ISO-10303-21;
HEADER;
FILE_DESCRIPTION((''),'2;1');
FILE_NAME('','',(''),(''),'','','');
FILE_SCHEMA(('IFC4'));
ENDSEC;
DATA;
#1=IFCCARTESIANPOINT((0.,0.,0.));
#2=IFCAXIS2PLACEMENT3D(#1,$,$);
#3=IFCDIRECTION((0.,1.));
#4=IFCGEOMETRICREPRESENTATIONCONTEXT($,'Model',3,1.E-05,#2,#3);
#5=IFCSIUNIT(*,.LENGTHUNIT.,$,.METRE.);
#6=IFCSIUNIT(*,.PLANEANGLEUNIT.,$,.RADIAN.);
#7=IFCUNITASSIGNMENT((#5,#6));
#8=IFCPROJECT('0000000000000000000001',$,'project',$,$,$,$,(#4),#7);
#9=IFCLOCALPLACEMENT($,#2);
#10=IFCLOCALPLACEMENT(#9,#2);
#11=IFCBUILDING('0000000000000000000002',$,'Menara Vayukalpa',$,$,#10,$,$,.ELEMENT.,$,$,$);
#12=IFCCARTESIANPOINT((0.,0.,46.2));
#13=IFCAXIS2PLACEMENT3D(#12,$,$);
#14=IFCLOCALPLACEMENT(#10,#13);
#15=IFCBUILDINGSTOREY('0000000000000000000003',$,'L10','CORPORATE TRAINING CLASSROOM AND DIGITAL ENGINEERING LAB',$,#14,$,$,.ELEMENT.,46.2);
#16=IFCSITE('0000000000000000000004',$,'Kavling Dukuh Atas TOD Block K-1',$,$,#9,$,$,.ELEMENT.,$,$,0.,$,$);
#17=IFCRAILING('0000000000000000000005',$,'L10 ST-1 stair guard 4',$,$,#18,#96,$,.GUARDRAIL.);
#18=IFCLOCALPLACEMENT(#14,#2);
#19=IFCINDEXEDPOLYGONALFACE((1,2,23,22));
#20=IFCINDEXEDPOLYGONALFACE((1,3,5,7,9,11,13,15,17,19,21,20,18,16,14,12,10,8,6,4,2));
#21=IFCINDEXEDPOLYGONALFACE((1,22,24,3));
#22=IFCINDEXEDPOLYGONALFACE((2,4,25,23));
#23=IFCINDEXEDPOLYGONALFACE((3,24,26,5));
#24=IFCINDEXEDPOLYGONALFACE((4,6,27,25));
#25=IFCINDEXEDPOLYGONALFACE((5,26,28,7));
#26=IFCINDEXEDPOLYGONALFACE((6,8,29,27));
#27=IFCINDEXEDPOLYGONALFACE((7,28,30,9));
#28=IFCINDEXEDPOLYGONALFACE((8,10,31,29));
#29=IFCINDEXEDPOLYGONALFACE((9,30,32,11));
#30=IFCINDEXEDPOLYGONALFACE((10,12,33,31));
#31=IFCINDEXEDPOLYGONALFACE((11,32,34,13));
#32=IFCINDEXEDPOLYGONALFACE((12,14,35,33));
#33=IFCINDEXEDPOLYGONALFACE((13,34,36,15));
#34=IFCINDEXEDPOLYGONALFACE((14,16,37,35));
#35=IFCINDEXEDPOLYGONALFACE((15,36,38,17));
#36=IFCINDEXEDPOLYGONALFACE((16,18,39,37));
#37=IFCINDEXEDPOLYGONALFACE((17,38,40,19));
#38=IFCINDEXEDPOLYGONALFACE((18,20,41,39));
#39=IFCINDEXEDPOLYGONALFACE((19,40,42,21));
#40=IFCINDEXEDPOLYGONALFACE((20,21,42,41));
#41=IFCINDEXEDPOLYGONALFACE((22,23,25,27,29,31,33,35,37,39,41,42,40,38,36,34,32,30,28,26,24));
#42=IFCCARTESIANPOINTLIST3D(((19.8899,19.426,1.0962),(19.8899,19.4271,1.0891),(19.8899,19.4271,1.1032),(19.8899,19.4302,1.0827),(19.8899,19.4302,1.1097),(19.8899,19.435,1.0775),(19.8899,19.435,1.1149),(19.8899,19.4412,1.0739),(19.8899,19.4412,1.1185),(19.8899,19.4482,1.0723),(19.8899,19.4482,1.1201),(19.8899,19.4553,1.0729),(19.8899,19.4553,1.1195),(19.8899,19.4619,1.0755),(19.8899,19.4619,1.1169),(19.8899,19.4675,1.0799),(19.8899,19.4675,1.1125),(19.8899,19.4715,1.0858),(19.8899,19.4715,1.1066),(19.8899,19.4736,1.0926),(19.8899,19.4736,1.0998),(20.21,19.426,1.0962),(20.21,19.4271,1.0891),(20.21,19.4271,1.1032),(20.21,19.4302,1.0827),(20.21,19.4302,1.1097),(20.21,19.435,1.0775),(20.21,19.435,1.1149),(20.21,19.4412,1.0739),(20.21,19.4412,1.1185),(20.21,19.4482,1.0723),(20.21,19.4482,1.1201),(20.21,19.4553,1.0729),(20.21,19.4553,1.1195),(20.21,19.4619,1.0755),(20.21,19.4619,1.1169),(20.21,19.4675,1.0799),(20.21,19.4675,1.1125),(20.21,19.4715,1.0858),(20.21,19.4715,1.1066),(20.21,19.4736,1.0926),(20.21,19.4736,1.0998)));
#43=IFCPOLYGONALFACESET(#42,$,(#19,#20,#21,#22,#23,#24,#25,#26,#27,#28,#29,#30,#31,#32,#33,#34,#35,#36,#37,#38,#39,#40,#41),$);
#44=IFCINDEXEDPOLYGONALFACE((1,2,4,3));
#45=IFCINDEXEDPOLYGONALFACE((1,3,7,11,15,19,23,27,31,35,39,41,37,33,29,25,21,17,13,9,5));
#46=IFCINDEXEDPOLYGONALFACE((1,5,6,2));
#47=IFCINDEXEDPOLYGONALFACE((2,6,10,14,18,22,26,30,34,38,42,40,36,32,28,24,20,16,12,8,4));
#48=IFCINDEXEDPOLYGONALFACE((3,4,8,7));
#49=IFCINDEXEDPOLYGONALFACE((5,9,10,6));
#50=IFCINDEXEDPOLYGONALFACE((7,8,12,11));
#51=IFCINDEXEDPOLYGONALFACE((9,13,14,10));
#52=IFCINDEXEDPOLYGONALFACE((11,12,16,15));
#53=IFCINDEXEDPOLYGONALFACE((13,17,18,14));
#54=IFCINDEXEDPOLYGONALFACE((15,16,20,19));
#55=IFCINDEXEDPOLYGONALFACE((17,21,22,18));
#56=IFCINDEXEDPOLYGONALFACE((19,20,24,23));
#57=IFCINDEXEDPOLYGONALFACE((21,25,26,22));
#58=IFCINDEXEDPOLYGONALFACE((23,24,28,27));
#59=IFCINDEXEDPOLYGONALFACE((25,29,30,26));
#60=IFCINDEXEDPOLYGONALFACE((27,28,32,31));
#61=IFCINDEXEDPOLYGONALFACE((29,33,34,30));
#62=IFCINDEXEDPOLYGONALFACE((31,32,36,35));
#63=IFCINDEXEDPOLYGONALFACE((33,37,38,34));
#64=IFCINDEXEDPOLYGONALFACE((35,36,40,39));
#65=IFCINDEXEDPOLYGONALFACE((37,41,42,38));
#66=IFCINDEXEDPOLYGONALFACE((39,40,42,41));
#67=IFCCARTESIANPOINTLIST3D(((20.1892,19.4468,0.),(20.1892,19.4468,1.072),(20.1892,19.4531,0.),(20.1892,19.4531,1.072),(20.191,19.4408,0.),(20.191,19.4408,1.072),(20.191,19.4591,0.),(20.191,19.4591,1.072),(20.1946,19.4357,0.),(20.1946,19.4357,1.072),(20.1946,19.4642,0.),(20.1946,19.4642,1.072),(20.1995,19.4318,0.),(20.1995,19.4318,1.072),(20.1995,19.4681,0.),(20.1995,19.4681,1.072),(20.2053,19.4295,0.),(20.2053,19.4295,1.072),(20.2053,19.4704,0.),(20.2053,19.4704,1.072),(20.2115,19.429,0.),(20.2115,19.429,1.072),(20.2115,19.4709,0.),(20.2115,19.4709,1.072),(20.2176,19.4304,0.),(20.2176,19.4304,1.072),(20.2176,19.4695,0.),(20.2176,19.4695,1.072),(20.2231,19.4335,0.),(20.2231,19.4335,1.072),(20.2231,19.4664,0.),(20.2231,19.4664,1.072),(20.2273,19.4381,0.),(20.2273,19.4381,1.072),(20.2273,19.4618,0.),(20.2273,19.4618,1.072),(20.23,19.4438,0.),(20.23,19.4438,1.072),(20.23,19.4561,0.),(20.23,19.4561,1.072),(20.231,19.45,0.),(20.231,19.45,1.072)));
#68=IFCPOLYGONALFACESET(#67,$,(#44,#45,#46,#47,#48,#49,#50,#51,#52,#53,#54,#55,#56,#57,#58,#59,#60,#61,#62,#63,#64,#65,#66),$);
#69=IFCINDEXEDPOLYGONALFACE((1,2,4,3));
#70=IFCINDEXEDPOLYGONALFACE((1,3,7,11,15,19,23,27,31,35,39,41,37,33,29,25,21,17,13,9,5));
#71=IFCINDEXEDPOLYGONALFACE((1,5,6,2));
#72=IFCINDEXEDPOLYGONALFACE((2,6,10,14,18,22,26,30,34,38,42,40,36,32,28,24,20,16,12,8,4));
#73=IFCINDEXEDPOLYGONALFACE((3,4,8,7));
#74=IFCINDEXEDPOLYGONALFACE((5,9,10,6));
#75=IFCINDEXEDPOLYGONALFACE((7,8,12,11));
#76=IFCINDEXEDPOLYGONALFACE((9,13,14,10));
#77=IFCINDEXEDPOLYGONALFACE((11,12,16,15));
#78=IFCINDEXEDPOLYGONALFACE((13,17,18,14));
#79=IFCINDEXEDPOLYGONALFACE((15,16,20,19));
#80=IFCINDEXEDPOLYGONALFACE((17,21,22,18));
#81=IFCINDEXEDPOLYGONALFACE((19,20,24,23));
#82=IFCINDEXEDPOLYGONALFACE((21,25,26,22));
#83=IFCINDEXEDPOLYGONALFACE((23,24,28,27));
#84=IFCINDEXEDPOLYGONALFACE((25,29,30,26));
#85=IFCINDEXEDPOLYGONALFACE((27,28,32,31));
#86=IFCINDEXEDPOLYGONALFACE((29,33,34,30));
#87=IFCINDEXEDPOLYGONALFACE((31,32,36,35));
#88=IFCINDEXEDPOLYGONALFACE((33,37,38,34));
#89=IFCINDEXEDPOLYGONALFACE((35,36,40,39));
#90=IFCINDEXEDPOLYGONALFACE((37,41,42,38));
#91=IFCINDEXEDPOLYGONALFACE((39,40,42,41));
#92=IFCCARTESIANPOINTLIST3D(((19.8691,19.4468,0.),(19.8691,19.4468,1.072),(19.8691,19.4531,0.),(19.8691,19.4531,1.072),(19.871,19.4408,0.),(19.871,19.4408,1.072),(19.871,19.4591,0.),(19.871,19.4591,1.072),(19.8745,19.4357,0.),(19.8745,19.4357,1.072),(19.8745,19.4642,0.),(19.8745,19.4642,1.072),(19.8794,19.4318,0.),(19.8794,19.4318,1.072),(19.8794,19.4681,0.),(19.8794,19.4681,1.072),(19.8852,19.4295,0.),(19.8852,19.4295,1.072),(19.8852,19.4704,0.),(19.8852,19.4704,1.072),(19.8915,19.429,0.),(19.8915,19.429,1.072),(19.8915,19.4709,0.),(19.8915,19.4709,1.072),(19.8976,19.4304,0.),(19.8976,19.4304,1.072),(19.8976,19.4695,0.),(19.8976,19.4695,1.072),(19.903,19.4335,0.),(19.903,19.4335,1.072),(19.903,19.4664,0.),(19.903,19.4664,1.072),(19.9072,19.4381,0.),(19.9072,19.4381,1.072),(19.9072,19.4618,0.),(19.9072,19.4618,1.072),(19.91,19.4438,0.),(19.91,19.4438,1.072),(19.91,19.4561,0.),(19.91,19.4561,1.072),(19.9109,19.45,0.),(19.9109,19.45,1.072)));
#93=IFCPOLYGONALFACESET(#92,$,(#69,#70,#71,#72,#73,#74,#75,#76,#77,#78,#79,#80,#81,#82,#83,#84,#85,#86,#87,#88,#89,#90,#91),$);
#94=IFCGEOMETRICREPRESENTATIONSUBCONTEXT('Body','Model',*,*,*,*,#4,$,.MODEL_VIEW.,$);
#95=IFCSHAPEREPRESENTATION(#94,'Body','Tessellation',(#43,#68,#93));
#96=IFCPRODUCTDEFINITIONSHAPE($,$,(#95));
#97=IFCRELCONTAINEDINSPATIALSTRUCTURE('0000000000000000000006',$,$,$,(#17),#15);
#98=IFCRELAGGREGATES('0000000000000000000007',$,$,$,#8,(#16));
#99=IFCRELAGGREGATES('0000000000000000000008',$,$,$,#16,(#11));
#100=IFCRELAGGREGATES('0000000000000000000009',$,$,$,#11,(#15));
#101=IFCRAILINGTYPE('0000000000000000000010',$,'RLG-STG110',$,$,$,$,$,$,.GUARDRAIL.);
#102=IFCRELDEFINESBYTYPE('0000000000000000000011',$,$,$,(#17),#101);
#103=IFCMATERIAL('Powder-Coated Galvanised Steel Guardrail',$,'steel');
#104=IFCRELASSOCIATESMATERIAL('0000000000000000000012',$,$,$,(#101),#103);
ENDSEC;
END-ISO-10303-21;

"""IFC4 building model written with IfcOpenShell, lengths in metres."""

from ifc_helpers import new_model, si_unit, direction, frame, origin, origin_2d, place, context, subcontext, project, spatial, circle, extrude, material, type_object, element, save


model = new_model("IFC4")

# Units and contexts
model_context = context("Model", 3, precision=1e-05, world=origin(), true_north=direction((0.0, 1.0)))
body_context = subcontext(model_context, "Body", "Model", "MODEL_VIEW")
ifc_project = project(units=[si_unit("LENGTHUNIT", "METRE"), si_unit("PLANEANGLEUNIT", "RADIAN")], contexts=[model_context])

# Site, building, storey
site_placement = place(None, origin())
site = spatial("IfcSite", under=ifc_project, at=site_placement, Name="Kavling Dukuh Atas TOD Block K-1", CompositionType="ELEMENT", RefElevation=0.0)
building_placement = place(site_placement, origin())
building = spatial("IfcBuilding", under=site, at=building_placement, Name="Menara Vayukalpa", CompositionType="ELEMENT")
storey_placement = place(building_placement, frame((0.0, 0.0, 46.2)))
storey = spatial("IfcBuildingStorey", under=building, at=storey_placement, Name="L10", Description="CORPORATE TRAINING CLASSROOM AND DIGITAL ENGINEERING LAB", CompositionType="ELEMENT", Elevation=46.2)

# Railing
ifc_material_1 = material(Name="Powder-Coated Galvanised Steel Guardrail", Category="steel")
railing_type = type_object("IfcRailingType", Name="RLG-STG110", PredefinedType="GUARDRAIL", material=ifc_material_1)
railing_1_placement = place(storey_placement, frame((20.21, 19.45, 0.0)))
element("IfcRailing", 1, at=railing_1_placement, inside=storey, type_object=railing_type, Name="L10 ST-1 stair guard 4", PredefinedType="GUARDRAIL", context=body_context, shape_type="SweptSolid", body=[
    extrude(circle(Radius=0.0239, at=origin_2d()), frame((0.0, 0.0, 1.0962), z_axis=(-1.0, 0.0, 0.0), x_axis=(0.0, -1.0, 0.0)), (0.0, 0.0, 1.0), 0.3201),
    extrude(circle(Radius=0.021, at=origin_2d()), origin(), (0.0, 0.0, 1.0), 1.072),
    extrude(circle(Radius=0.021, at=origin_2d()), frame((-0.3201, 0.0, 0.0)), (0.0, 0.0, 1.0), 1.072),
])

save(model, "model.ifc")
